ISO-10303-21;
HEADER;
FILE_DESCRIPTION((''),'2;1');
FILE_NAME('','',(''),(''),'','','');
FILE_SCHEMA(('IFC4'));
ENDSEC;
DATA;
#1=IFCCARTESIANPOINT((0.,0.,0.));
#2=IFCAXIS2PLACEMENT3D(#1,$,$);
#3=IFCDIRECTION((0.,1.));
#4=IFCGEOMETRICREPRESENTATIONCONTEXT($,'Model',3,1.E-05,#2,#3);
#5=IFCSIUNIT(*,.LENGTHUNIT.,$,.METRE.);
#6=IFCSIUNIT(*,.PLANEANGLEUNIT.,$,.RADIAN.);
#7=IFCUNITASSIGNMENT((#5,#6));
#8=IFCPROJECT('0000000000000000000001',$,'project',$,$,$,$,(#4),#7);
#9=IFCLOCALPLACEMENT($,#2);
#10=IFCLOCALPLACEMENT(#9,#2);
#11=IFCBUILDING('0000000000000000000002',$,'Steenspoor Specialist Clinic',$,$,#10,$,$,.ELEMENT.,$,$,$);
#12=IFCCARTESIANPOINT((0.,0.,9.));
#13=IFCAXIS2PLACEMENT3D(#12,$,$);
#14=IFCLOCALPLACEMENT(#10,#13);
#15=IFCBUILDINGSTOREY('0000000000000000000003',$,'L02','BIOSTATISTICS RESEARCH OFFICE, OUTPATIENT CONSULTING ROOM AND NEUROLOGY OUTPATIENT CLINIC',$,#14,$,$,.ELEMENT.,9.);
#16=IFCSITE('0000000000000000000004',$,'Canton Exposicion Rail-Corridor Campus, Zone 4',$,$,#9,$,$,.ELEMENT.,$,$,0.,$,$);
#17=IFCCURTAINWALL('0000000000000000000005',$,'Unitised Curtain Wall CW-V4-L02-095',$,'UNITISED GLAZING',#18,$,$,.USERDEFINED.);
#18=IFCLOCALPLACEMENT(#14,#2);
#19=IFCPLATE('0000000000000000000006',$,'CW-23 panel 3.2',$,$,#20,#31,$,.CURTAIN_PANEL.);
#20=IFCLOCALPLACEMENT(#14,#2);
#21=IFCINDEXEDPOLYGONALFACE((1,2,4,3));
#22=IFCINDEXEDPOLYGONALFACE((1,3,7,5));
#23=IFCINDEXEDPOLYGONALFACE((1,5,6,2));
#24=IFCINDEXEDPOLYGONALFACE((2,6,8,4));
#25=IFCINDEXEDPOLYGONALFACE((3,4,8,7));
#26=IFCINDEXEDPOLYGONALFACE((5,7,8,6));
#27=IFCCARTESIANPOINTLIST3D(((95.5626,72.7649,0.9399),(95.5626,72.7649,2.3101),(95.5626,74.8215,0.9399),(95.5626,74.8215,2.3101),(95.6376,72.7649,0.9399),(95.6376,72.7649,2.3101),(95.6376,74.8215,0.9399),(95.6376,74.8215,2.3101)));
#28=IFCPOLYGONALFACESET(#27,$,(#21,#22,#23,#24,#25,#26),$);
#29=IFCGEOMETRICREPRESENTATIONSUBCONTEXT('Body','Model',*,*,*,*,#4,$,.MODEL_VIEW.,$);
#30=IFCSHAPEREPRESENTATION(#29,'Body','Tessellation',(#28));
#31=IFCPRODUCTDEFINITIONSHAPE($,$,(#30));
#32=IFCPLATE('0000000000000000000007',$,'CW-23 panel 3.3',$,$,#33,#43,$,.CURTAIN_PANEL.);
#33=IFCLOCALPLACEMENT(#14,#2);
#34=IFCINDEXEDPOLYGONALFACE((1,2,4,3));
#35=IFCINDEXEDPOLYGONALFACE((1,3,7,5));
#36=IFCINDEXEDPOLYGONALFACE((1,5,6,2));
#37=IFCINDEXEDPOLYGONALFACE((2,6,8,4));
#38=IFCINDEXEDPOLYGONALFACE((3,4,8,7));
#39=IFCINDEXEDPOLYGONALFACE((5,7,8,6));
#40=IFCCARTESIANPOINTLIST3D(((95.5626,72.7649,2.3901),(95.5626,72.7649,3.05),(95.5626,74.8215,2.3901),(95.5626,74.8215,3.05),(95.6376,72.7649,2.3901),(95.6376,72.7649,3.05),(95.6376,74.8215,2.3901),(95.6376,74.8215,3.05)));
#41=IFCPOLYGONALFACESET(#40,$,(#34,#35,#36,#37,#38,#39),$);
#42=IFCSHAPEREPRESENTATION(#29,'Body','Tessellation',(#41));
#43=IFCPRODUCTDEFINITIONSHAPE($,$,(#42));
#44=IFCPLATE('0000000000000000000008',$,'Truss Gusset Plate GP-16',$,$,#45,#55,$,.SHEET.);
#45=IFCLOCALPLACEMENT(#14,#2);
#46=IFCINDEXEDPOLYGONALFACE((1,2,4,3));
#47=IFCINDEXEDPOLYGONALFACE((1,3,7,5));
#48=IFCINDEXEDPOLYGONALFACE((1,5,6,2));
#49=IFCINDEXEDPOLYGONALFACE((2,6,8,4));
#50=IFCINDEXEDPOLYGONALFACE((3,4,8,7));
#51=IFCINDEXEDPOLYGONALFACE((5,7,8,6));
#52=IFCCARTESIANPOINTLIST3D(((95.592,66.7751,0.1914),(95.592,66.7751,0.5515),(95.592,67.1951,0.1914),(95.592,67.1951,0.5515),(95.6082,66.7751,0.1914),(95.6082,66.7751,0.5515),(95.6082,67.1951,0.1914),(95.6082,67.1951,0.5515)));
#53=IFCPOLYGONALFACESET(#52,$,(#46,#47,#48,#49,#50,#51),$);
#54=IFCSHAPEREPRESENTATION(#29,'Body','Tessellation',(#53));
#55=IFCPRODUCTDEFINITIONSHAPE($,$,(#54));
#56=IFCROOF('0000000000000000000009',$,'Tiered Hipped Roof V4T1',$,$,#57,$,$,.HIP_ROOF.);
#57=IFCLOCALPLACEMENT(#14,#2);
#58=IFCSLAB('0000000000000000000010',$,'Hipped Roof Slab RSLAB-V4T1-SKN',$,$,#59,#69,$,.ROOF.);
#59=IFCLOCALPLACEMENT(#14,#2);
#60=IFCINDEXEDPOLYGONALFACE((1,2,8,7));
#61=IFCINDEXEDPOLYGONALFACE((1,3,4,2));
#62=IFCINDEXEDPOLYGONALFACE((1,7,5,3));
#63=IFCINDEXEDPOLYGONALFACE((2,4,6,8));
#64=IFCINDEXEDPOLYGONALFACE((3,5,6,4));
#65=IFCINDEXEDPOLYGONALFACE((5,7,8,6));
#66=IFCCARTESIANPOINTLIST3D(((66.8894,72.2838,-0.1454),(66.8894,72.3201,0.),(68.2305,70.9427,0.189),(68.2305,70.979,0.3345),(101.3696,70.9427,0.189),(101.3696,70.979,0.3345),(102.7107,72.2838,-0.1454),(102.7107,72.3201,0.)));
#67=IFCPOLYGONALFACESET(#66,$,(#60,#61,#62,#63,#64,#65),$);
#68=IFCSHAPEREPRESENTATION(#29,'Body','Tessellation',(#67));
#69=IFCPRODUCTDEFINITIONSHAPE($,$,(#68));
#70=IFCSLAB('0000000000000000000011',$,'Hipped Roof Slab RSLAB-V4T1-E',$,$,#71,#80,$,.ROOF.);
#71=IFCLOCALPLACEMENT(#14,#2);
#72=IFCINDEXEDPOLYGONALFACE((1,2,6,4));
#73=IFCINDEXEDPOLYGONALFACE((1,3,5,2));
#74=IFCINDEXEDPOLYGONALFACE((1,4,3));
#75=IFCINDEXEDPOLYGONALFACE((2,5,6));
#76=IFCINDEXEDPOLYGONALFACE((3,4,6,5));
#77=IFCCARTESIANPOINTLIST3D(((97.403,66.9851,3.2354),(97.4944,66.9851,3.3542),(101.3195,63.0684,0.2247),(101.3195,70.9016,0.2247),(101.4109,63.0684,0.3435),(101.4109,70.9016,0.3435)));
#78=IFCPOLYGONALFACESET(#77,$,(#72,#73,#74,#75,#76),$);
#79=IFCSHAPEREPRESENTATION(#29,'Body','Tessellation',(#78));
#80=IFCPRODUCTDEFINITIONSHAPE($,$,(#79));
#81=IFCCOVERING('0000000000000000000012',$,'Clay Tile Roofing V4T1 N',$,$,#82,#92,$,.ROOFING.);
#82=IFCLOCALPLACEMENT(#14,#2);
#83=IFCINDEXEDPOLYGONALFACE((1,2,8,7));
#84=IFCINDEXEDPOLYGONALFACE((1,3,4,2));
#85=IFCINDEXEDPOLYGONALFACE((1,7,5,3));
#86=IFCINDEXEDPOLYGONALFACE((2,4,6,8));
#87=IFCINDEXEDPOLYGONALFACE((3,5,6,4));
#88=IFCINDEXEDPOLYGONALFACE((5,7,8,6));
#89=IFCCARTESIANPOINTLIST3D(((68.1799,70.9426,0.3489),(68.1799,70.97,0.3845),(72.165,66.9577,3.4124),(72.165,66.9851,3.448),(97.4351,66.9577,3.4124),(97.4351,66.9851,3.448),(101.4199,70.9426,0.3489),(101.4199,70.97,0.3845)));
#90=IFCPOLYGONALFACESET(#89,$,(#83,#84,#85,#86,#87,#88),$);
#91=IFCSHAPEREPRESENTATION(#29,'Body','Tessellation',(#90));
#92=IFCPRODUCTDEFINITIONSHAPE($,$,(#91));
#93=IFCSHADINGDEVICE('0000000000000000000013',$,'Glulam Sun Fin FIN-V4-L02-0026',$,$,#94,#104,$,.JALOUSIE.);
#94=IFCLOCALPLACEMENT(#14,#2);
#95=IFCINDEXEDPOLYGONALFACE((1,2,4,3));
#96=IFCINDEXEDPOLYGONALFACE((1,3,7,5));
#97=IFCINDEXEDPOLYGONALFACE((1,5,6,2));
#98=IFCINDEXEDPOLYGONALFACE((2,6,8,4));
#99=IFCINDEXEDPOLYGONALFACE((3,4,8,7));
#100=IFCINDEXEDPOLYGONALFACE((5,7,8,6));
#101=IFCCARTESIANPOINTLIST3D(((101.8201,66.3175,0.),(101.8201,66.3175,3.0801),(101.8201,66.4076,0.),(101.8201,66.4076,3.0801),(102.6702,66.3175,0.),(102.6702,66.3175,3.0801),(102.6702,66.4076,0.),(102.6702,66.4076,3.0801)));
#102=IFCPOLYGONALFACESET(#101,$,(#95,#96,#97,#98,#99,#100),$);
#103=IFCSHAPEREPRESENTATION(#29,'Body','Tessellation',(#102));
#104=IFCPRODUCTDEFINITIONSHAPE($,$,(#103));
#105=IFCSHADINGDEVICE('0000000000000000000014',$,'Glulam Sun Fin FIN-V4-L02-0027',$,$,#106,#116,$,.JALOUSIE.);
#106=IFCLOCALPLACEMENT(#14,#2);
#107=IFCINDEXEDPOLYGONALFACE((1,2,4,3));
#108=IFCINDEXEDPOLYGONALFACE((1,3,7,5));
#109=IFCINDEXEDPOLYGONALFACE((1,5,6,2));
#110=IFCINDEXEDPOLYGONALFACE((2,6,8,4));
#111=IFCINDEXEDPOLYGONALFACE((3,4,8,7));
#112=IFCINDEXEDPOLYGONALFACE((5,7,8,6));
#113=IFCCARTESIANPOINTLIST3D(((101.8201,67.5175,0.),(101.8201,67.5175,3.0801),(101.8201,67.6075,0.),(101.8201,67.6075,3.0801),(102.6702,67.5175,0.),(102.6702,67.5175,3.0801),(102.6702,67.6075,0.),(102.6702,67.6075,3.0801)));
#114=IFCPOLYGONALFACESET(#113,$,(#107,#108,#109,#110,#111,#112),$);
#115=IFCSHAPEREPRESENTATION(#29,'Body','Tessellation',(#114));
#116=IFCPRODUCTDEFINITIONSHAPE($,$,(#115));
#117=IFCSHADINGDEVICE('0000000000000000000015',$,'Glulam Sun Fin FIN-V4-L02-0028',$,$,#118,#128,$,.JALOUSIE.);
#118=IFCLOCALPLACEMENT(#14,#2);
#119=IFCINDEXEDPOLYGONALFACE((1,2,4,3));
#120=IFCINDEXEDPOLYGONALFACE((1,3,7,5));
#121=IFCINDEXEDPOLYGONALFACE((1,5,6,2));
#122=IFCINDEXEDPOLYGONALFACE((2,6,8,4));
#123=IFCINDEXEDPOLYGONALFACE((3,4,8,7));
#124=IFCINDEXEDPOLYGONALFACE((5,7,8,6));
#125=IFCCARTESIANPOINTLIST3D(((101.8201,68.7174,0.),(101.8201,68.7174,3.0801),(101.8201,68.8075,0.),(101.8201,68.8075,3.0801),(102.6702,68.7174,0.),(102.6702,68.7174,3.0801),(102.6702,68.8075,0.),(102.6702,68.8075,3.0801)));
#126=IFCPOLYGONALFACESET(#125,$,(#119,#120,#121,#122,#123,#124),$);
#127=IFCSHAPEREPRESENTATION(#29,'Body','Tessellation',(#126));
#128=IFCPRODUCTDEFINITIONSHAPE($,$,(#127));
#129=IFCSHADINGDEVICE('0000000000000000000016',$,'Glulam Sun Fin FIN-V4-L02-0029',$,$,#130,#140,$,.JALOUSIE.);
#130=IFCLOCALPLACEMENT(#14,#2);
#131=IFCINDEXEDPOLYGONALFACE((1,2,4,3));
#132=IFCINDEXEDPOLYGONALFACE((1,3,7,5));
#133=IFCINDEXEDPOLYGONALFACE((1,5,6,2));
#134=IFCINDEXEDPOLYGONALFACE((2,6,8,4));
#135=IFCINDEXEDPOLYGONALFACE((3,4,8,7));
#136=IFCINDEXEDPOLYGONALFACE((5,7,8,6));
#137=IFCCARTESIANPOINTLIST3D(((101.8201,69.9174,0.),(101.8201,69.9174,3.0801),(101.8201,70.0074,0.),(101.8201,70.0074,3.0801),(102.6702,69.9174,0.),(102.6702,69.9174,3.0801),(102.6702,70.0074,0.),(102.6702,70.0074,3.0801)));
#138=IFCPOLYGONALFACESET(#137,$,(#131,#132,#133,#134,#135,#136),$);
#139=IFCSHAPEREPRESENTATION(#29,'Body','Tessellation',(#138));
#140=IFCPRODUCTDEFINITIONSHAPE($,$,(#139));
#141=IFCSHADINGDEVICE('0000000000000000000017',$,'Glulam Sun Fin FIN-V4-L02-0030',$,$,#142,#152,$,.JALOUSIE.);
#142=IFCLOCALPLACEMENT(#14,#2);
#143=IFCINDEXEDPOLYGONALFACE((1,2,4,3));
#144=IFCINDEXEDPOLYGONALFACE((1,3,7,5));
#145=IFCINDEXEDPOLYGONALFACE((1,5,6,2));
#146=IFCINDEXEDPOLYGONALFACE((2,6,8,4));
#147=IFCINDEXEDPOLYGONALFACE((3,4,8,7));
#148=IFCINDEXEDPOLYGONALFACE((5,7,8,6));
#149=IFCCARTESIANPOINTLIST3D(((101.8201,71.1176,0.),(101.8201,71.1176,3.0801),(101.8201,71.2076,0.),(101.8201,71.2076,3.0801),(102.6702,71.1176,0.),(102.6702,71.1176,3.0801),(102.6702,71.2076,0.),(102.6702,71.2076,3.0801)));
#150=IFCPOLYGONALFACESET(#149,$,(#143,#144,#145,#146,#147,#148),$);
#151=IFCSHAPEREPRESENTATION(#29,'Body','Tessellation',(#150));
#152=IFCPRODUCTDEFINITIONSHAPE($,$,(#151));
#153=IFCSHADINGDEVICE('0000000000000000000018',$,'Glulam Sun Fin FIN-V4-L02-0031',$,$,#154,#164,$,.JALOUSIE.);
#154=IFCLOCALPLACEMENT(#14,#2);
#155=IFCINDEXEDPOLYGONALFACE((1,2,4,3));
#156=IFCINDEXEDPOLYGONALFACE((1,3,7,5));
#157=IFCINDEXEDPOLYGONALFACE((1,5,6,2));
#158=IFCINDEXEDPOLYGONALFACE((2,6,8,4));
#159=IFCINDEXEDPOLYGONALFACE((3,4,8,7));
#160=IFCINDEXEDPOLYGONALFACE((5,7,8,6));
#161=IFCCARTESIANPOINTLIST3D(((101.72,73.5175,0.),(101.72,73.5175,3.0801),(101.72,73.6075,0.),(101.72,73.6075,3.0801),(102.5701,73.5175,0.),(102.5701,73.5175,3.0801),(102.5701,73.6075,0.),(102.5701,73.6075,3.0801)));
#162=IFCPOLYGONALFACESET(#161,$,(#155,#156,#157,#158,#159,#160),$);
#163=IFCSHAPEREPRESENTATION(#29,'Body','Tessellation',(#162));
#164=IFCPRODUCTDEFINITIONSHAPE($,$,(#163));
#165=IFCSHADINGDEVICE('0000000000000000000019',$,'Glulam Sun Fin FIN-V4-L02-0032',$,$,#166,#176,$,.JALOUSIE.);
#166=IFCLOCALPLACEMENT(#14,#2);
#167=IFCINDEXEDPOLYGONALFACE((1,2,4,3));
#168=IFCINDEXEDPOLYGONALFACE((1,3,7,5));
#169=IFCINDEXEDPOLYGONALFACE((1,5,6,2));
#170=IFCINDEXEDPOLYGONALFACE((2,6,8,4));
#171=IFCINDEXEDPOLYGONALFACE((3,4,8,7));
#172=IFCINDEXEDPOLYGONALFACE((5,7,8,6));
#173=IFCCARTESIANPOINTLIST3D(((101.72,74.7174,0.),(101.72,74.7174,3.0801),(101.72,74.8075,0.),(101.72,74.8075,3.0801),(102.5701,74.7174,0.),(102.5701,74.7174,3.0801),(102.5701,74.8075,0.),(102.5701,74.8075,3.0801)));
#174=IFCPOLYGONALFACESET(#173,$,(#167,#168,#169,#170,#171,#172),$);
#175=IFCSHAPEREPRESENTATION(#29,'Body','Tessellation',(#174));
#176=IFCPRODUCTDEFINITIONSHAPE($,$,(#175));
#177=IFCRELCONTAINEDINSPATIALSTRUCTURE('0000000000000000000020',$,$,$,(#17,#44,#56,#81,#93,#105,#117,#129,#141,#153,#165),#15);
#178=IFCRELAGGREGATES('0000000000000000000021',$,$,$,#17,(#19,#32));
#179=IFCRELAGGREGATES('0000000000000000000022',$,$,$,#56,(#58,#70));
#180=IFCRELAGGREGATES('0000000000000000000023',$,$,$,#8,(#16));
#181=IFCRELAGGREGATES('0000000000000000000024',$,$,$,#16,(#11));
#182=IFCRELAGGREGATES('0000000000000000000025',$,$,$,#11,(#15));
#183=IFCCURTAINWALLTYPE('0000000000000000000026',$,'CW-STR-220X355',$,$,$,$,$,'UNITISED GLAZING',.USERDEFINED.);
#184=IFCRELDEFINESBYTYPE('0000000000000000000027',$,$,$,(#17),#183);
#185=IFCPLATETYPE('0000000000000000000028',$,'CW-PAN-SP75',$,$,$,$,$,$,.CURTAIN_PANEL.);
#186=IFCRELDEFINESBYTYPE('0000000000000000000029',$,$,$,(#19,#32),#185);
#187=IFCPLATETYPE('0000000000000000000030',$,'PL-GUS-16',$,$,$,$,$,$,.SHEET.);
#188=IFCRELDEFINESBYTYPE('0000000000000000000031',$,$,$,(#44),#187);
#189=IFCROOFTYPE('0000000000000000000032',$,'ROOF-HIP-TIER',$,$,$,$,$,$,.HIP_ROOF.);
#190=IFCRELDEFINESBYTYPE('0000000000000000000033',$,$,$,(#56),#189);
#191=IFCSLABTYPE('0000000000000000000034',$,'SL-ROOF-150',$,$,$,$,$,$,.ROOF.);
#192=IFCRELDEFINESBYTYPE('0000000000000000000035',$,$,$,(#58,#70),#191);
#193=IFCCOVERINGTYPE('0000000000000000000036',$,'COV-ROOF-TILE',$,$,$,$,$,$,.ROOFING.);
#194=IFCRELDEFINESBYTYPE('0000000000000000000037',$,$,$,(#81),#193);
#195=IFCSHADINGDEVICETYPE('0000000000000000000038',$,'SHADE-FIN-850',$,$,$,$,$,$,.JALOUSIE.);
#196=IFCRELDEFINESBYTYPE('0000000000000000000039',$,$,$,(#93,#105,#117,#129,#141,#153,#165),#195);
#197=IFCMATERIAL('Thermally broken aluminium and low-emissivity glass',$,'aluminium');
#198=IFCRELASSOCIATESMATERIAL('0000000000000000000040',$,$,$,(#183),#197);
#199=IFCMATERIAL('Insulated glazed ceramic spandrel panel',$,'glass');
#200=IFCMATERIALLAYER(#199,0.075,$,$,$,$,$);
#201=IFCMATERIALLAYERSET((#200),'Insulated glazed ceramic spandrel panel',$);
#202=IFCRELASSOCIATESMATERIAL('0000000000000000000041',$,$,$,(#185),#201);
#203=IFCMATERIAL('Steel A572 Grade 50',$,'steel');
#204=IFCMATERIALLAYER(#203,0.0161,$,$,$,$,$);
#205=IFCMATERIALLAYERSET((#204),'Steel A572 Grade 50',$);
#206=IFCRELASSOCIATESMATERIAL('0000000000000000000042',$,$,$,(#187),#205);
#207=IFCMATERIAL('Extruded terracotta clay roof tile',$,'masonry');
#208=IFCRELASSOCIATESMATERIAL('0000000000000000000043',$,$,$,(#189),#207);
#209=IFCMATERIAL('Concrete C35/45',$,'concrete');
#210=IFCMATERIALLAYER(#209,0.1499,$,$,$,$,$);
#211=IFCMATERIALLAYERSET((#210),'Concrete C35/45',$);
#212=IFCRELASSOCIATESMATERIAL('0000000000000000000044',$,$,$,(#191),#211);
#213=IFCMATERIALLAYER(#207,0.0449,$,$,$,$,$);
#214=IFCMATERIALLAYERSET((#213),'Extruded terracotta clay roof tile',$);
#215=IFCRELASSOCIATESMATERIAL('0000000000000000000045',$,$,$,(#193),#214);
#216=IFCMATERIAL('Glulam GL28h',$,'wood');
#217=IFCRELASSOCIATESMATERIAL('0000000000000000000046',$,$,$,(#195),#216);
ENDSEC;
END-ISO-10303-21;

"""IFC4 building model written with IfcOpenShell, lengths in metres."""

from ifc_helpers import new_model, si_unit, direction, frame, origin, origin_2d, place, context, subcontext, project, spatial, polyline, rectangle, outline, extrude, material, layer, layer_set, material_profile, profile_set, type_object, element, aggregate, save


model = new_model("IFC4")

# Units and contexts
model_context = context("Model", 3, precision=1e-05, world=origin(), true_north=direction((0.0, 1.0)))
body_context = subcontext(model_context, "Body", "Model", "MODEL_VIEW")
ifc_project = project(units=[si_unit("LENGTHUNIT", "METRE"), si_unit("PLANEANGLEUNIT", "RADIAN")], contexts=[model_context])

# Site, building, storey
site_placement = place(None, origin())
site = spatial("IfcSite", under=ifc_project, at=site_placement, Name="Canton Exposicion Rail-Corridor Campus, Zone 4", CompositionType="ELEMENT", RefElevation=0.0)
building_placement = place(site_placement, origin())
building = spatial("IfcBuilding", under=site, at=building_placement, Name="Steenspoor Specialist Clinic", CompositionType="ELEMENT")
storey_placement = place(building_placement, frame((0.0, 0.0, 9.0)))
storey = spatial("IfcBuildingStorey", under=building, at=storey_placement, Name="L02", Description="BIOSTATISTICS RESEARCH OFFICE, OUTPATIENT CONSULTING ROOM AND NEUROLOGY OUTPATIENT CLINIC", CompositionType="ELEMENT", Elevation=9.0)

# Shared definitions
ifc_material_1 = material(Name="Concrete C35/45", Category="concrete")

# Curtain wall
ifc_material_2 = material(Name="Thermally broken aluminium and low-emissivity glass", Category="aluminium")
curtain_wall_type = type_object("IfcCurtainWallType", Name="CW-STR-220X355", ElementType="UNITISED GLAZING", PredefinedType="USERDEFINED", material=ifc_material_2)
curtain_wall_placement = place(storey_placement, origin())
curtain_wall = element("IfcCurtainWall", 1, at=curtain_wall_placement, inside=storey, type_object=curtain_wall_type, Name="Unitised Curtain Wall CW-V4-L02-095", ObjectType="UNITISED GLAZING", PredefinedType="USERDEFINED")

# Shared definitions
ifc_material_3 = material(Name="Glulam GL28h", Category="wood")

# Plates
ifc_material_4 = material(Name="Insulated glazed ceramic spandrel panel", Category="glass")
ifc_layer_1 = layer(ifc_material_4, 0.075)
ifc_layer_set_1 = layer_set([ifc_layer_1], Name="Insulated glazed ceramic spandrel panel")
plate_type_1 = type_object("IfcPlateType", Name="CW-PAN-SP75", PredefinedType="CURTAIN_PANEL", material=ifc_layer_set_1)
plate_1_placement = place(storey_placement, frame((95.6001, 73.7932, 0.9399), z_axis=(0.0, 0.0, 1.0), x_axis=(0.0, -1.0, 0.0)))
plate_1 = element("IfcPlate", 2, at=plate_1_placement, type_object=plate_type_1, Name="CW-23 panel 3.2", PredefinedType="CURTAIN_PANEL", context=body_context, shape_type="SweptSolid", body=[
    extrude(rectangle(XDim=2.0566, YDim=0.075, at=origin_2d()), origin(), (0.0, 0.0, 1.0), 1.3701),
])
plate_2_placement = place(storey_placement, frame((95.6001, 73.7932, 2.3901), z_axis=(0.0, 0.0, 1.0), x_axis=(0.0, -1.0, 0.0)))
plate_2 = element("IfcPlate", 3, at=plate_2_placement, type_object=plate_type_1, Name="CW-23 panel 3.3", PredefinedType="CURTAIN_PANEL", context=body_context, shape_type="SweptSolid", body=[
    extrude(rectangle(XDim=2.0566, YDim=0.075, at=origin_2d()), origin(), (0.0, 0.0, 1.0), 0.6599),
])
aggregate(curtain_wall, [plate_1, plate_2])
ifc_material_5 = material(Name="Steel A572 Grade 50", Category="steel")
ifc_layer_2 = layer(ifc_material_5, 0.0161)
ifc_layer_set_2 = layer_set([ifc_layer_2], Name="Steel A572 Grade 50")
plate_type_2 = type_object("IfcPlateType", Name="PL-GUS-16", PredefinedType="SHEET", material=ifc_layer_set_2)
plate_3_placement = place(storey_placement, frame((95.6001, 66.9851, 0.1914), z_axis=(0.0, 0.0, 1.0), x_axis=(1.0, 0.0, 0.0)))
element("IfcPlate", 4, at=plate_3_placement, inside=storey, type_object=plate_type_2, Name="Truss Gusset Plate GP-16", PredefinedType="SHEET", context=body_context, shape_type="SweptSolid", body=[
    extrude(rectangle(XDim=0.0161, YDim=0.4199, at=origin_2d()), origin(), (0.0, 0.0, 1.0), 0.3601),
])

# Roof, slabs
ifc_material_6 = material(Name="Extruded terracotta clay roof tile", Category="masonry")
roof_type = type_object("IfcRoofType", Name="ROOF-HIP-TIER", PredefinedType="HIP_ROOF", material=ifc_material_6)
roof_placement = place(storey_placement, origin())
roof = element("IfcRoof", 5, at=roof_placement, inside=storey, type_object=roof_type, Name="Tiered Hipped Roof V4T1", PredefinedType="HIP_ROOF")
ifc_layer_3 = layer(ifc_material_1, 0.1499)
ifc_layer_set_3 = layer_set([ifc_layer_3], Name="Concrete C35/45")
slab_type = type_object("IfcSlabType", Name="SL-ROOF-150", PredefinedType="ROOF", material=ifc_layer_set_3)
slab_1_placement = place(storey_placement, frame((101.3696, 70.979, 0.3345), z_axis=(0.0, 0.241995, 0.970277), x_axis=(0.696361, 0.696361, -0.173678)))
slab_1 = element("IfcSlab", 6, at=slab_1_placement, type_object=slab_type, Name="Hipped Roof Slab RSLAB-V4T1-SKN", PredefinedType="ROOF", context=body_context, shape_type="SweptSolid", body=[
    extrude(outline(polyline([(0.0, 0.0), (1.9258, 0.0), (-23.0187, 25.7087), (-23.0768, 23.7837), (0.0, 0.0)])), origin(), (0.0, 0.0, -1.0), 0.1499),
])
slab_2_placement = place(storey_placement, frame((97.4944, 66.9851, 3.3542), z_axis=(0.609462, 0.0, 0.792815), x_axis=(0.621241, -0.62128, -0.477568)))
slab_2 = element("IfcSlab", 7, at=slab_2_placement, type_object=slab_type, Name="Hipped Roof Slab RSLAB-V4T1-E", PredefinedType="ROOF", context=body_context, shape_type="SweptSolid", body=[
    extrude(outline(polyline([(0.0, 0.0), (6.3043, 0.0), (1.4377, 6.138), (0.0, 0.0)])), origin(), (0.0, 0.0, -1.0), 0.1499),
])
aggregate(roof, [slab_1, slab_2])

# Covering
ifc_layer_4 = layer(ifc_material_6, 0.0449)
ifc_layer_set_4 = layer_set([ifc_layer_4], Name="Extruded terracotta clay roof tile")
covering_type = type_object("IfcCoveringType", Name="COV-ROOF-TILE", PredefinedType="ROOFING", material=ifc_layer_set_4)
covering_placement = place(storey_placement, frame((101.4199, 70.97, 0.3845), z_axis=(0.0, 0.609485, 0.792797), x_axis=(-1.0, 0.0, 0.0)))
element("IfcCovering", 8, at=covering_placement, inside=storey, type_object=covering_type, Name="Clay Tile Roofing V4T1 N", PredefinedType="ROOFING", context=body_context, shape_type="SweptSolid", body=[
    extrude(outline(polyline([(0.0, 0.0), (33.24, 0.0), (29.2549, 5.0263), (3.9849, 5.0263), (0.0, 0.0)])), origin(), (0.0, 0.0, -1.0), 0.0449),
])

# Shading devices
ifc_material_profile_1 = material_profile(ifc_material_3, rectangle(XDim=0.0901, YDim=0.8501, at=origin_2d()), Name="GL28H-90X850")
ifc_profile_set_1 = profile_set([ifc_material_profile_1], Name="Glulam GL28h")
shading_device_type = type_object("IfcShadingDeviceType", Name="SHADE-FIN-850", PredefinedType="JALOUSIE", material=ifc_profile_set_1)
for number, where, z_axis, x_axis, name in (
    (9, (102.2451, 66.3625, 0.0), (0.0, 0.0, 1.0), (0.0, 1.0, 0.0), "Glulam Sun Fin FIN-V4-L02-0026"),
    (10, (102.2451, 67.5625, 0.0), (0.0, 0.0, 1.0), (0.0, 1.0, 0.0), "Glulam Sun Fin FIN-V4-L02-0027"),
    (11, (102.2451, 68.7625, 0.0), (0.0, 0.0, 1.0), (0.0, 1.0, 0.0), "Glulam Sun Fin FIN-V4-L02-0028"),
    (12, (102.2451, 69.9624, 0.0), (0.0, 0.0, 1.0), (0.0, 1.0, 0.0), "Glulam Sun Fin FIN-V4-L02-0029"),
    (13, (102.2451, 71.1626, 0.0), (0.0, 0.0, 1.0), (0.0, 1.0, 0.0), "Glulam Sun Fin FIN-V4-L02-0030"),
    (14, (102.145, 73.5625, 0.0), (0.0, 0.0, 1.0), (0.0, 1.0, 0.0), "Glulam Sun Fin FIN-V4-L02-0031"),
    (15, (102.145, 74.7625, 0.0), (0.0, 0.0, 1.0), (0.0, 1.0, 0.0), "Glulam Sun Fin FIN-V4-L02-0032"),
):
    element("IfcShadingDevice", number, at=place(storey_placement, frame(where, z_axis=z_axis, x_axis=x_axis)), inside=storey, type_object=shading_device_type, Name=name, PredefinedType="JALOUSIE", context=body_context, shape_type="SweptSolid", body=[
        extrude(rectangle(XDim=0.0901, YDim=0.8501, at=origin_2d()), origin(), (0.0, 0.0, 1.0), 3.0801),
    ])

save(model, "model.ifc")
